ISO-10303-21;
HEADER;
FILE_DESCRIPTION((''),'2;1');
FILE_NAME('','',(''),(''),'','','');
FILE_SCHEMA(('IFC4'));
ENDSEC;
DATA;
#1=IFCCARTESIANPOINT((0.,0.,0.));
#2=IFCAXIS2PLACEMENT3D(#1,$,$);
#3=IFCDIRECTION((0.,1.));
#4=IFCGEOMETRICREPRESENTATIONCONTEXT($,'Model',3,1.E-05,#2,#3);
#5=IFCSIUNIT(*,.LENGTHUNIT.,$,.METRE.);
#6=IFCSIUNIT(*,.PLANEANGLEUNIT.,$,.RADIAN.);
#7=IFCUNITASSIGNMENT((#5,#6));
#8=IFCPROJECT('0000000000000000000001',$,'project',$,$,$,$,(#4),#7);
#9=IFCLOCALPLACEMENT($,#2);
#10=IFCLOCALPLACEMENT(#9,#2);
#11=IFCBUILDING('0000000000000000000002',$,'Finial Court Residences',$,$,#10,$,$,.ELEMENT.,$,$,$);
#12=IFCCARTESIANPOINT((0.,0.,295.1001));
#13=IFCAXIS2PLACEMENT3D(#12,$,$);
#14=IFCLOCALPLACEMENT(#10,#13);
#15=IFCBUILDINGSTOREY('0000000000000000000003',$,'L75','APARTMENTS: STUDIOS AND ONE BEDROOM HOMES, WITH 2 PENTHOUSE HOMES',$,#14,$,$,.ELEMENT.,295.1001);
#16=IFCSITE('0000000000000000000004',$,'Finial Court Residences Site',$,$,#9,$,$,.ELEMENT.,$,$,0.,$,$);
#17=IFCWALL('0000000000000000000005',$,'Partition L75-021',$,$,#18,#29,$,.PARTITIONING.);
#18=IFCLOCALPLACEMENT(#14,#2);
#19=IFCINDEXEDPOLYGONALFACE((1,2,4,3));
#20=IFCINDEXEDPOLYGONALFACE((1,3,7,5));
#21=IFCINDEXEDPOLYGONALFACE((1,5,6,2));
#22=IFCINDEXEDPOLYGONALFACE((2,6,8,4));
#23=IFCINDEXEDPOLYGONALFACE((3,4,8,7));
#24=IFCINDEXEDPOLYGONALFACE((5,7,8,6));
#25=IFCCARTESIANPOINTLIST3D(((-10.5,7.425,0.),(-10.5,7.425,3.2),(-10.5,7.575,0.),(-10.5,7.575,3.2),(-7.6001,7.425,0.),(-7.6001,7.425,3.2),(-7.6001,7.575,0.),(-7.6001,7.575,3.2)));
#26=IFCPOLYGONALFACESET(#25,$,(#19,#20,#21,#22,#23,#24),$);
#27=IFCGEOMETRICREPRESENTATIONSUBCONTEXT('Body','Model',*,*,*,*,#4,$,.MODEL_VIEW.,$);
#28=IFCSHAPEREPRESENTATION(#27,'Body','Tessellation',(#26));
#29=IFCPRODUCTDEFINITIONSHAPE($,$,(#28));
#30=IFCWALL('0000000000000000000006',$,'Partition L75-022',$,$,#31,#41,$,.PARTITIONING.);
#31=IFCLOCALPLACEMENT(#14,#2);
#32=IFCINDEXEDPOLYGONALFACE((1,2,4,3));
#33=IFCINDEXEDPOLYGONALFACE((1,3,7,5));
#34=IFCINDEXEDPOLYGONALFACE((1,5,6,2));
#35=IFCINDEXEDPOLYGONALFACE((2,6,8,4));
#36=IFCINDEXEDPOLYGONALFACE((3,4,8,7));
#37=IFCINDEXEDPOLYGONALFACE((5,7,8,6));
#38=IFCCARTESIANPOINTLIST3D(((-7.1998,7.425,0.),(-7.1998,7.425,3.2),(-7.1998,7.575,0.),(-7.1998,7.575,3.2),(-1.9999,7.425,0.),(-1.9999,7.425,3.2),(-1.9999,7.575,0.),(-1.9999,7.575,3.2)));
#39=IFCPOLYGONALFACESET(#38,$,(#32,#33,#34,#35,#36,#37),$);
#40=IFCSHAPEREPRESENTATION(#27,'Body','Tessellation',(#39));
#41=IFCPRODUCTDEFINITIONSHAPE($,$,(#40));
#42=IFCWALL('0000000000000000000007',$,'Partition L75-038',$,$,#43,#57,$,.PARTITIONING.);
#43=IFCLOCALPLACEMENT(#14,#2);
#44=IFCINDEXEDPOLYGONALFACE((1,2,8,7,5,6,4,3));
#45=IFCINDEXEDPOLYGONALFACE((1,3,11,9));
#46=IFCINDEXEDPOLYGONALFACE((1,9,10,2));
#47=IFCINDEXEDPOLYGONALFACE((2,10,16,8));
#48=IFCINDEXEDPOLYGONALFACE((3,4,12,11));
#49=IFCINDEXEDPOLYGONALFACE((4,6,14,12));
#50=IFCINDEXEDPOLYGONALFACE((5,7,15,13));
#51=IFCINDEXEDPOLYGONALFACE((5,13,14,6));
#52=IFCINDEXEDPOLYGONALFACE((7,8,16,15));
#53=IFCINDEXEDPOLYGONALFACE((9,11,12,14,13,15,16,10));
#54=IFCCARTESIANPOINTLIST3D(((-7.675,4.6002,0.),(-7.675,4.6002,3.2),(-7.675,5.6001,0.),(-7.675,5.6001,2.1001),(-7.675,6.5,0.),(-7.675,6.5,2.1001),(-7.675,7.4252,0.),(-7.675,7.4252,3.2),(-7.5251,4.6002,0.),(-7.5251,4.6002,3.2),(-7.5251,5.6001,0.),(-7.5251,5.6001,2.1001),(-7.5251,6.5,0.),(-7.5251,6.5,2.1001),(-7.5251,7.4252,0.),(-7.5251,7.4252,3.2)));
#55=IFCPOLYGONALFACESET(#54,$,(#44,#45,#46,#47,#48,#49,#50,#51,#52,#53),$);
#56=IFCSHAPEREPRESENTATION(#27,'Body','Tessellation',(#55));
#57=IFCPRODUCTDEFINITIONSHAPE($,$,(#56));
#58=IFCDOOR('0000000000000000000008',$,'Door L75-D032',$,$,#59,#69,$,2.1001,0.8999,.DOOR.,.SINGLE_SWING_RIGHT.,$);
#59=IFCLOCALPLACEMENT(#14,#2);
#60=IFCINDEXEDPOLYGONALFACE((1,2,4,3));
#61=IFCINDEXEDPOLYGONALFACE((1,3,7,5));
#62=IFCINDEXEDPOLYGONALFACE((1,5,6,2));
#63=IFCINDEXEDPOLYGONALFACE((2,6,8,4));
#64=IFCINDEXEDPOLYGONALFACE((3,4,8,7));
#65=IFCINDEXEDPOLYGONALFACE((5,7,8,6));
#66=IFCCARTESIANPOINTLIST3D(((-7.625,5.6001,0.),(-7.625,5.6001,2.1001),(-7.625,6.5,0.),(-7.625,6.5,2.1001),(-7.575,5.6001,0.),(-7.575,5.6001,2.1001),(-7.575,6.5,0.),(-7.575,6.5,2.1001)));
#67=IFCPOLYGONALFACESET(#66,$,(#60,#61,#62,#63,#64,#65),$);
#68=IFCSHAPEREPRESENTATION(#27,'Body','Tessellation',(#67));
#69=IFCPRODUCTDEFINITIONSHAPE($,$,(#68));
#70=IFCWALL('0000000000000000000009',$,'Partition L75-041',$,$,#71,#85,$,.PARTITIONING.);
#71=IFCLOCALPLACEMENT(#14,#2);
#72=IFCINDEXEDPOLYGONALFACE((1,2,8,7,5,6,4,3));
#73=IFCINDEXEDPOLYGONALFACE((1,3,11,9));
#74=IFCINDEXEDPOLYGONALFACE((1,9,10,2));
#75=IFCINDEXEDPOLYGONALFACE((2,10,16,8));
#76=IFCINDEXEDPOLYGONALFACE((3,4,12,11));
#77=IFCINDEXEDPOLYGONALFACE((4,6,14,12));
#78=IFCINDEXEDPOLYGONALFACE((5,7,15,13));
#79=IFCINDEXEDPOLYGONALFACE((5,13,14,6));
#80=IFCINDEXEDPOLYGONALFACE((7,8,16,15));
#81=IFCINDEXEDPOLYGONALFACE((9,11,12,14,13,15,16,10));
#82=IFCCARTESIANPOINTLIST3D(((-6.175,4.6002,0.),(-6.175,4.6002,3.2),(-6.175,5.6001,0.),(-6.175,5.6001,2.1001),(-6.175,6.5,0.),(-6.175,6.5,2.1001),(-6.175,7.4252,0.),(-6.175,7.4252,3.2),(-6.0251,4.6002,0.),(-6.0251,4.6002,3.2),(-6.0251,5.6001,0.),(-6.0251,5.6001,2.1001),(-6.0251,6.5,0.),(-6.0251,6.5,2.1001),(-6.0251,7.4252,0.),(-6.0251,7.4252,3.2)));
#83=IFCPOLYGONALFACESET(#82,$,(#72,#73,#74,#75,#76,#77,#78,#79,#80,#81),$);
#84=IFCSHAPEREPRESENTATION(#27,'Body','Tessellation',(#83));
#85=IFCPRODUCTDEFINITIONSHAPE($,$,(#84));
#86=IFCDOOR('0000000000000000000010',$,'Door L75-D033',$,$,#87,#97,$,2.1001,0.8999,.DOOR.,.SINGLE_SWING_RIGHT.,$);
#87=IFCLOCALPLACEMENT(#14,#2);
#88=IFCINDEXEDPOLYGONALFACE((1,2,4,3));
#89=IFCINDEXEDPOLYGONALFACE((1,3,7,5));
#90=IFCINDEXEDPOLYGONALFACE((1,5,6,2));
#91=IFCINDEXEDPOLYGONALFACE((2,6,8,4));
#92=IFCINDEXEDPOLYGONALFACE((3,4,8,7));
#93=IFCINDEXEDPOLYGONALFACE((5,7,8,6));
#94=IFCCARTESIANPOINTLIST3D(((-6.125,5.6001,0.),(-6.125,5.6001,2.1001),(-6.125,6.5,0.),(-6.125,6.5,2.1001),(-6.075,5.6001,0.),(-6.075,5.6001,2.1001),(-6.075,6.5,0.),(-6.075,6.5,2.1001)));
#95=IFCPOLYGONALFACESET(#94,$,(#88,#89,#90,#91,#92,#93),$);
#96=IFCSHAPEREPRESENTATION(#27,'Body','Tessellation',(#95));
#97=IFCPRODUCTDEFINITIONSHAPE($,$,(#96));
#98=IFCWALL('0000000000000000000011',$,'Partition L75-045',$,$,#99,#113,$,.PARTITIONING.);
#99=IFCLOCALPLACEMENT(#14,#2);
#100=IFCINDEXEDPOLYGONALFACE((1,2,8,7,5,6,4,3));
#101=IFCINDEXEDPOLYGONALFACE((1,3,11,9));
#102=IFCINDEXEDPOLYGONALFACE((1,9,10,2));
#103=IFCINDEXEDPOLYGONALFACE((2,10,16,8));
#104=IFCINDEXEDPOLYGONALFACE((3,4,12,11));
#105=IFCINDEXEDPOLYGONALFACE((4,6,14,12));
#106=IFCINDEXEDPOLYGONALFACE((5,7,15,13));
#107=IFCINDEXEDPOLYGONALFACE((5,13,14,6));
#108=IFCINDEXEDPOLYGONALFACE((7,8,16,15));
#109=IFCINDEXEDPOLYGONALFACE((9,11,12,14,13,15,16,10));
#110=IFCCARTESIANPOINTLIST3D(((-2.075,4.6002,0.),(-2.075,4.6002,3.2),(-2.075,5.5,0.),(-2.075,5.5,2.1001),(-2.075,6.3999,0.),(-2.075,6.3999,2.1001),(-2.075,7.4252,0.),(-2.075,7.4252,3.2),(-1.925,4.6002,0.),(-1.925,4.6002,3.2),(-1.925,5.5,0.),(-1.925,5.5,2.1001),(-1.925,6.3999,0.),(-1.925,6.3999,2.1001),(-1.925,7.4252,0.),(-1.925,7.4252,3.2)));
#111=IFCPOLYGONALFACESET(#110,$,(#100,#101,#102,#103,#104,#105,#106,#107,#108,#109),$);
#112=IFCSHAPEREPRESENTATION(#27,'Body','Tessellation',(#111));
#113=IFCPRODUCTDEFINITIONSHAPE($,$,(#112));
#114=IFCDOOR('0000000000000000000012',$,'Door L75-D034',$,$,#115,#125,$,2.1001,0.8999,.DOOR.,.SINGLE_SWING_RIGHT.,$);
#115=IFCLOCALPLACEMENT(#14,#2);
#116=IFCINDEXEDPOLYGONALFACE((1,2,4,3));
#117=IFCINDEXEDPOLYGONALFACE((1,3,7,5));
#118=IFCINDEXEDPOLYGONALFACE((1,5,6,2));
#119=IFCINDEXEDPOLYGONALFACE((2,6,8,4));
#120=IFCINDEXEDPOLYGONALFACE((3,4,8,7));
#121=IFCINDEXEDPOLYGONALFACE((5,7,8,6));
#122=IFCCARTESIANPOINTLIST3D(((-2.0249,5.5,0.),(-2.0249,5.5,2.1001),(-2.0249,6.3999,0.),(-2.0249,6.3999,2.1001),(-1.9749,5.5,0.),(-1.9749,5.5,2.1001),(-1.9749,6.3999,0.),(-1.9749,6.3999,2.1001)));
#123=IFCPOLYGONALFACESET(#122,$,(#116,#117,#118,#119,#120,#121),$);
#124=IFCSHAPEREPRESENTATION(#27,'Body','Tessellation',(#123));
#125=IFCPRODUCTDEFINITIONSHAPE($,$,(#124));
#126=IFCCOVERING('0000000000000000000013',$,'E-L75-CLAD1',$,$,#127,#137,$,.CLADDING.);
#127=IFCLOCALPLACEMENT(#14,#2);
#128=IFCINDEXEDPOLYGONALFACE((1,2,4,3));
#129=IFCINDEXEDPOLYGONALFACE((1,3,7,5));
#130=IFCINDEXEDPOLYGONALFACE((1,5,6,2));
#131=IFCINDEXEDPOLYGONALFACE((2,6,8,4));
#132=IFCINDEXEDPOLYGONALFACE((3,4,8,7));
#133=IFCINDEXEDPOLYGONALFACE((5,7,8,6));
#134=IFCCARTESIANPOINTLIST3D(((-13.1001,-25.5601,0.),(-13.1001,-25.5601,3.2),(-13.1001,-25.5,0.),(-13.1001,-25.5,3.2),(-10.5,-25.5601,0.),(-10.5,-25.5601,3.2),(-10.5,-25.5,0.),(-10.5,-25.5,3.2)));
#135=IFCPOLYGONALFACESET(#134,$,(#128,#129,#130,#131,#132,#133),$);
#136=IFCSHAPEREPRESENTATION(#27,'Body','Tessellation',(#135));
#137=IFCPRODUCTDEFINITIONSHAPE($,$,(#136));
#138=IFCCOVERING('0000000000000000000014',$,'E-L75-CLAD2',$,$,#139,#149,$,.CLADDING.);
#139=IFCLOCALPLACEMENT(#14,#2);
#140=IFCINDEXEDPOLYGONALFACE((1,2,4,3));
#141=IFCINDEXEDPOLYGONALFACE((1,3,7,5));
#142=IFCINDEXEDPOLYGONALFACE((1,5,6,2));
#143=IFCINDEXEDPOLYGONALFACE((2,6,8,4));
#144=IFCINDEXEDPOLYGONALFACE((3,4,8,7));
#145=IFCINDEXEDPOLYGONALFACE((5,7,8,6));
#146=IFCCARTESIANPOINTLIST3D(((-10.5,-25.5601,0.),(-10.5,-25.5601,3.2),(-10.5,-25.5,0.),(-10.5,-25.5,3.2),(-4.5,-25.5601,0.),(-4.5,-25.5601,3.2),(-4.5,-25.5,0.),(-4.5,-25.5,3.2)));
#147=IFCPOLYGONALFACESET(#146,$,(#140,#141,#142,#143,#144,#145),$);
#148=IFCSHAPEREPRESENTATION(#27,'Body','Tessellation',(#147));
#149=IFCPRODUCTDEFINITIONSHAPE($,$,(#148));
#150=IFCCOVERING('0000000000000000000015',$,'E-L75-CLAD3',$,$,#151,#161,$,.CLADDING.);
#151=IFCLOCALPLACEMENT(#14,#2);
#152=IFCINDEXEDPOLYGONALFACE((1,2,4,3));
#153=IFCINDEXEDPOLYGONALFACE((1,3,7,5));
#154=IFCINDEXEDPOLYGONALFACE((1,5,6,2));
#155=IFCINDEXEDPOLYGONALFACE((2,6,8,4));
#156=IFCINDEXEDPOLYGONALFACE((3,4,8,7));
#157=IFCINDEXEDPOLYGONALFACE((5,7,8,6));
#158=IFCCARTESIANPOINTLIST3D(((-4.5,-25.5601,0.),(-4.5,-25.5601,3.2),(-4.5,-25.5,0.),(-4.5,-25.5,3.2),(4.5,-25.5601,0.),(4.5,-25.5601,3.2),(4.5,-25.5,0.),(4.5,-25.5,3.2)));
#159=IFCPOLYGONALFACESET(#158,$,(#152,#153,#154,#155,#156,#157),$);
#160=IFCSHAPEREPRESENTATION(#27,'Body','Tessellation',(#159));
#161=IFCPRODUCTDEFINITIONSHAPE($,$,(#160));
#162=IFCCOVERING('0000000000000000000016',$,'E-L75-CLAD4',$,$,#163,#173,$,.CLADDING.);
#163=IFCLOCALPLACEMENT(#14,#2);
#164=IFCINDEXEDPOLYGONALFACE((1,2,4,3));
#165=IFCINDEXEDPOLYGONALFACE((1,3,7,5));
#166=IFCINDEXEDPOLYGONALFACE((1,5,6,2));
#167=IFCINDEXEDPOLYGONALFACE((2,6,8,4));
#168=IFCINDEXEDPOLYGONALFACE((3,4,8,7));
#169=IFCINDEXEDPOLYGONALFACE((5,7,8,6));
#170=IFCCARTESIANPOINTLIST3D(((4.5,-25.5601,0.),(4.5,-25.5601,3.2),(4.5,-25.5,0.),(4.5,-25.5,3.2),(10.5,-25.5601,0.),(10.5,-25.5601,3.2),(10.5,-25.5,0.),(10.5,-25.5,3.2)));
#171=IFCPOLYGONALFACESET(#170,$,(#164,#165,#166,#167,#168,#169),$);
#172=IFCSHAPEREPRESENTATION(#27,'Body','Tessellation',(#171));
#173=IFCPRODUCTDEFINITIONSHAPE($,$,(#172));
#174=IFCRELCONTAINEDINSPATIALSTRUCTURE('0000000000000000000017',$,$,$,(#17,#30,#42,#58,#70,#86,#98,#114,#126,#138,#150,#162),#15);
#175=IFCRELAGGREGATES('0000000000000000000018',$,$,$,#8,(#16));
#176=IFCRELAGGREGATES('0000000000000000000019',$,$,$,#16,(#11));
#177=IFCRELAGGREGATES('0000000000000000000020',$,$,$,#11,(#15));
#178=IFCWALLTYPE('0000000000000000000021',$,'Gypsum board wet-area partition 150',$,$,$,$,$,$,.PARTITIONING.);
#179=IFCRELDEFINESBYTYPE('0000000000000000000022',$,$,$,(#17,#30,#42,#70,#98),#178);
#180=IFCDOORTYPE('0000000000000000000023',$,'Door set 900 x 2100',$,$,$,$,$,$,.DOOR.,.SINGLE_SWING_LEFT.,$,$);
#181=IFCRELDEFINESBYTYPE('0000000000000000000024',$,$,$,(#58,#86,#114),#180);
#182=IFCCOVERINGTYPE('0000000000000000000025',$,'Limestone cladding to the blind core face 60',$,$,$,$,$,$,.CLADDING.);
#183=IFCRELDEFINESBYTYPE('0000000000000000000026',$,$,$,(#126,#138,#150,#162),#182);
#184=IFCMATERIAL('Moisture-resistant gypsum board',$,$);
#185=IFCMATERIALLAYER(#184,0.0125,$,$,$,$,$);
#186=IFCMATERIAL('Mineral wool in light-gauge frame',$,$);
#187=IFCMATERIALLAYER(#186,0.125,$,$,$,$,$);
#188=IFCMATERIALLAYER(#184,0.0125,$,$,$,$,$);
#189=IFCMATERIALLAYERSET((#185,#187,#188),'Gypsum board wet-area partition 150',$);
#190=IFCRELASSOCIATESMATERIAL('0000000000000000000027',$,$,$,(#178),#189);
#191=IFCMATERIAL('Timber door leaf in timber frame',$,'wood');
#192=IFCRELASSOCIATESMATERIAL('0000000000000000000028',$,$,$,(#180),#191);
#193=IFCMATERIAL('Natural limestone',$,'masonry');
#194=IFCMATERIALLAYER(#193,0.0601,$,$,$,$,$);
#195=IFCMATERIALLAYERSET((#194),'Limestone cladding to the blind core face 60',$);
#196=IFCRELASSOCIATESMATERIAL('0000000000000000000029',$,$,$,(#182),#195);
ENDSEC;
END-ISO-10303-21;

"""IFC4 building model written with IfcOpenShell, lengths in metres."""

from ifc_helpers import new_model, si_unit, direction, frame, frame_2d, origin, place, context, subcontext, project, spatial, polyline, rectangle, outline, extrude, material, layer, layer_set, type_object, element, fill, save


model = new_model("IFC4")

# Units and contexts
model_context = context("Model", 3, precision=1e-05, world=origin(), true_north=direction((0.0, 1.0)))
body_context = subcontext(model_context, "Body", "Model", "MODEL_VIEW")
ifc_project = project(units=[si_unit("LENGTHUNIT", "METRE"), si_unit("PLANEANGLEUNIT", "RADIAN")], contexts=[model_context])

# Site, building, storey
site_placement = place(None, origin())
site = spatial("IfcSite", under=ifc_project, at=site_placement, Name="Finial Court Residences Site", CompositionType="ELEMENT", RefElevation=0.0)
building_placement = place(site_placement, origin())
building = spatial("IfcBuilding", under=site, at=building_placement, Name="Finial Court Residences", CompositionType="ELEMENT")
storey_placement = place(building_placement, frame((0.0, 0.0, 295.1001)))
storey = spatial("IfcBuildingStorey", under=building, at=storey_placement, Name="L75", Description="APARTMENTS: STUDIOS AND ONE BEDROOM HOMES, WITH 2 PENTHOUSE HOMES", CompositionType="ELEMENT", Elevation=295.1001)

# Walls
ifc_material_1 = material(Name="Moisture-resistant gypsum board")
ifc_layer_1 = layer(ifc_material_1, 0.0125)
ifc_material_2 = material(Name="Mineral wool in light-gauge frame")
ifc_layer_2 = layer(ifc_material_2, 0.125)
ifc_layer_3 = layer(ifc_material_1, 0.0125)
ifc_layer_set_1 = layer_set([ifc_layer_1, ifc_layer_2, ifc_layer_3], Name="Gypsum board wet-area partition 150")
wall_type_1 = type_object("IfcWallType", Name="Gypsum board wet-area partition 150", PredefinedType="PARTITIONING", material=ifc_layer_set_1)
wall_1_placement = place(storey_placement, frame((-10.5, 7.5, 0.0), z_axis=(0.0, 0.0, 1.0), x_axis=(1.0, 0.0, 0.0)))
element("IfcWall", 1, at=wall_1_placement, inside=storey, type_object=wall_type_1, Name="Partition L75-021", PredefinedType="PARTITIONING", context=body_context, shape_type="SweptSolid", body=[
    extrude(rectangle(XDim=2.8999, YDim=0.1499, at=frame_2d((1.45, 0.0))), origin(), (0.0, 0.0, 1.0), 3.2),
])
wall_2_placement = place(storey_placement, frame((-7.2, 7.5, 0.0), z_axis=(0.0, 0.0, 1.0), x_axis=(1.0, 0.0, 0.0)))
element("IfcWall", 2, at=wall_2_placement, inside=storey, type_object=wall_type_1, Name="Partition L75-022", PredefinedType="PARTITIONING", context=body_context, shape_type="SweptSolid", body=[
    extrude(rectangle(XDim=5.2, YDim=0.1499, at=frame_2d((2.6001, 0.0))), origin(), (0.0, 0.0, 1.0), 3.2),
])

# Walls, openings, doors
wall_3_placement = place(storey_placement, frame((-7.6001, 4.6001, 0.0), z_axis=(0.0, 0.0, 1.0), x_axis=(0.0, 1.0, 0.0)))
wall_3 = element("IfcWall", 3, at=wall_3_placement, inside=storey, type_object=wall_type_1, Name="Partition L75-038", PredefinedType="PARTITIONING", context=body_context, shape_type="SweptSolid", body=[
    extrude(rectangle(XDim=2.825, YDim=0.1499, at=frame_2d((1.4126, 0.0))), origin(), (0.0, 0.0, 1.0), 3.2),
])
opening_1_placement = place(wall_3_placement, frame((1.0, 0.0, 0.0)))
opening_1 = element("IfcOpeningElement", 4, at=opening_1_placement, cuts=wall_3, PredefinedType="OPENING", context=body_context, shape_type="SweptSolid", body=[
    extrude(rectangle(XDim=0.8999, YDim=2.1001, at=frame_2d((0.45, 1.05))), frame((0.0, 0.085, 0.0), z_axis=(0.0, -1.0, 0.0), x_axis=(1.0, 0.0, 0.0)), (0.0, 0.0, 1.0), 0.1699),
])
ifc_material_3 = material(Name="Timber door leaf in timber frame", Category="wood")
door_type = type_object("IfcDoorType", Name="Door set 900 x 2100", OperationType="SINGLE_SWING_LEFT", PredefinedType="DOOR", material=ifc_material_3)
door_1_placement = place(opening_1_placement, origin())
door_1 = element("IfcDoor", 5, at=door_1_placement, inside=storey, type_object=door_type, Name="Door L75-D032", OperationType="SINGLE_SWING_RIGHT", OverallHeight=2.1001, OverallWidth=0.8999, PredefinedType="DOOR", context=body_context, shape_type="SweptSolid", body=[
    extrude(rectangle(XDim=0.8999, YDim=2.1001, at=frame_2d((0.45, 1.05))), frame((0.0, 0.0249, 0.0), z_axis=(0.0, -1.0, 0.0), x_axis=(1.0, 0.0, 0.0)), (0.0, 0.0, 1.0), 0.05),
])
fill(opening_1, door_1)
wall_4_placement = place(storey_placement, frame((-6.1001, 4.6001, 0.0), z_axis=(0.0, 0.0, 1.0), x_axis=(0.0, 1.0, 0.0)))
wall_4 = element("IfcWall", 6, at=wall_4_placement, inside=storey, type_object=wall_type_1, Name="Partition L75-041", PredefinedType="PARTITIONING", context=body_context, shape_type="SweptSolid", body=[
    extrude(rectangle(XDim=2.825, YDim=0.1499, at=frame_2d((1.4126, 0.0))), origin(), (0.0, 0.0, 1.0), 3.2),
])
opening_2_placement = place(wall_4_placement, frame((1.0, 0.0, 0.0)))
opening_2 = element("IfcOpeningElement", 7, at=opening_2_placement, cuts=wall_4, PredefinedType="OPENING", context=body_context, shape_type="SweptSolid", body=[
    extrude(rectangle(XDim=0.8999, YDim=2.1001, at=frame_2d((0.45, 1.05))), frame((0.0, 0.085, 0.0), z_axis=(0.0, -1.0, 0.0), x_axis=(1.0, 0.0, 0.0)), (0.0, 0.0, 1.0), 0.1699),
])
door_2_placement = place(opening_2_placement, origin())
door_2 = element("IfcDoor", 8, at=door_2_placement, inside=storey, type_object=door_type, Name="Door L75-D033", OperationType="SINGLE_SWING_RIGHT", OverallHeight=2.1001, OverallWidth=0.8999, PredefinedType="DOOR", context=body_context, shape_type="SweptSolid", body=[
    extrude(rectangle(XDim=0.8999, YDim=2.1001, at=frame_2d((0.45, 1.05))), frame((0.0, 0.0249, 0.0), z_axis=(0.0, -1.0, 0.0), x_axis=(1.0, 0.0, 0.0)), (0.0, 0.0, 1.0), 0.05),
])
fill(opening_2, door_2)
wall_5_placement = place(storey_placement, frame((-2.0, 4.6001, 0.0), z_axis=(0.0, 0.0, 1.0), x_axis=(0.0, 1.0, 0.0)))
wall_5 = element("IfcWall", 9, at=wall_5_placement, inside=storey, type_object=wall_type_1, Name="Partition L75-045", PredefinedType="PARTITIONING", context=body_context, shape_type="SweptSolid", body=[
    extrude(rectangle(XDim=2.825, YDim=0.1499, at=frame_2d((1.4126, 0.0))), origin(), (0.0, 0.0, 1.0), 3.2),
])
opening_3_placement = place(wall_5_placement, frame((0.8999, 0.0, 0.0)))
opening_3 = element("IfcOpeningElement", 10, at=opening_3_placement, cuts=wall_5, PredefinedType="OPENING", context=body_context, shape_type="SweptSolid", body=[
    extrude(rectangle(XDim=0.8999, YDim=2.1001, at=frame_2d((0.45, 1.05))), frame((0.0, 0.085, 0.0), z_axis=(0.0, -1.0, 0.0), x_axis=(1.0, 0.0, 0.0)), (0.0, 0.0, 1.0), 0.1699),
])
door_3_placement = place(opening_3_placement, origin())
door_3 = element("IfcDoor", 11, at=door_3_placement, inside=storey, type_object=door_type, Name="Door L75-D034", OperationType="SINGLE_SWING_RIGHT", OverallHeight=2.1001, OverallWidth=0.8999, PredefinedType="DOOR", context=body_context, shape_type="SweptSolid", body=[
    extrude(rectangle(XDim=0.8999, YDim=2.1001, at=frame_2d((0.45, 1.05))), frame((0.0, 0.0249, 0.0), z_axis=(0.0, -1.0, 0.0), x_axis=(1.0, 0.0, 0.0)), (0.0, 0.0, 1.0), 0.05),
])
fill(opening_3, door_3)

# Coverings
ifc_material_4 = material(Name="Natural limestone", Category="masonry")
ifc_layer_4 = layer(ifc_material_4, 0.0601)
ifc_layer_set_2 = layer_set([ifc_layer_4], Name="Limestone cladding to the blind core face 60")
covering_type = type_object("IfcCoveringType", Name="Limestone cladding to the blind core face 60", PredefinedType="CLADDING", material=ifc_layer_set_2)
covering_1_placement = place(storey_placement, origin())
element("IfcCovering", 12, at=covering_1_placement, inside=storey, type_object=covering_type, Name="E-L75-CLAD1", PredefinedType="CLADDING", context=body_context, shape_type="SweptSolid", body=[
    extrude(outline(polyline([(-10.5, -25.5601), (-10.5, -25.5), (-13.1001, -25.5), (-13.1001, -25.5601), (-10.5, -25.5601)])), origin(), (0.0, 0.0, 1.0), 3.2),
])
covering_2_placement = place(storey_placement, origin())
element("IfcCovering", 13, at=covering_2_placement, inside=storey, type_object=covering_type, Name="E-L75-CLAD2", PredefinedType="CLADDING", context=body_context, shape_type="SweptSolid", body=[
    extrude(outline(polyline([(-4.5, -25.5601), (-4.5, -25.5), (-10.5, -25.5), (-10.5, -25.5601), (-4.5, -25.5601)])), origin(), (0.0, 0.0, 1.0), 3.2),
])
covering_3_placement = place(storey_placement, origin())
element("IfcCovering", 14, at=covering_3_placement, inside=storey, type_object=covering_type, Name="E-L75-CLAD3", PredefinedType="CLADDING", context=body_context, shape_type="SweptSolid", body=[
    extrude(outline(polyline([(4.5, -25.5601), (4.5, -25.5), (-4.5, -25.5), (-4.5, -25.5601), (4.5, -25.5601)])), origin(), (0.0, 0.0, 1.0), 3.2),
])
covering_4_placement = place(storey_placement, origin())
element("IfcCovering", 15, at=covering_4_placement, inside=storey, type_object=covering_type, Name="E-L75-CLAD4", PredefinedType="CLADDING", context=body_context, shape_type="SweptSolid", body=[
    extrude(outline(polyline([(10.5, -25.5601), (10.5, -25.5), (4.5, -25.5), (4.5, -25.5601), (10.5, -25.5601)])), origin(), (0.0, 0.0, 1.0), 3.2),
])

save(model, "model.ifc")
